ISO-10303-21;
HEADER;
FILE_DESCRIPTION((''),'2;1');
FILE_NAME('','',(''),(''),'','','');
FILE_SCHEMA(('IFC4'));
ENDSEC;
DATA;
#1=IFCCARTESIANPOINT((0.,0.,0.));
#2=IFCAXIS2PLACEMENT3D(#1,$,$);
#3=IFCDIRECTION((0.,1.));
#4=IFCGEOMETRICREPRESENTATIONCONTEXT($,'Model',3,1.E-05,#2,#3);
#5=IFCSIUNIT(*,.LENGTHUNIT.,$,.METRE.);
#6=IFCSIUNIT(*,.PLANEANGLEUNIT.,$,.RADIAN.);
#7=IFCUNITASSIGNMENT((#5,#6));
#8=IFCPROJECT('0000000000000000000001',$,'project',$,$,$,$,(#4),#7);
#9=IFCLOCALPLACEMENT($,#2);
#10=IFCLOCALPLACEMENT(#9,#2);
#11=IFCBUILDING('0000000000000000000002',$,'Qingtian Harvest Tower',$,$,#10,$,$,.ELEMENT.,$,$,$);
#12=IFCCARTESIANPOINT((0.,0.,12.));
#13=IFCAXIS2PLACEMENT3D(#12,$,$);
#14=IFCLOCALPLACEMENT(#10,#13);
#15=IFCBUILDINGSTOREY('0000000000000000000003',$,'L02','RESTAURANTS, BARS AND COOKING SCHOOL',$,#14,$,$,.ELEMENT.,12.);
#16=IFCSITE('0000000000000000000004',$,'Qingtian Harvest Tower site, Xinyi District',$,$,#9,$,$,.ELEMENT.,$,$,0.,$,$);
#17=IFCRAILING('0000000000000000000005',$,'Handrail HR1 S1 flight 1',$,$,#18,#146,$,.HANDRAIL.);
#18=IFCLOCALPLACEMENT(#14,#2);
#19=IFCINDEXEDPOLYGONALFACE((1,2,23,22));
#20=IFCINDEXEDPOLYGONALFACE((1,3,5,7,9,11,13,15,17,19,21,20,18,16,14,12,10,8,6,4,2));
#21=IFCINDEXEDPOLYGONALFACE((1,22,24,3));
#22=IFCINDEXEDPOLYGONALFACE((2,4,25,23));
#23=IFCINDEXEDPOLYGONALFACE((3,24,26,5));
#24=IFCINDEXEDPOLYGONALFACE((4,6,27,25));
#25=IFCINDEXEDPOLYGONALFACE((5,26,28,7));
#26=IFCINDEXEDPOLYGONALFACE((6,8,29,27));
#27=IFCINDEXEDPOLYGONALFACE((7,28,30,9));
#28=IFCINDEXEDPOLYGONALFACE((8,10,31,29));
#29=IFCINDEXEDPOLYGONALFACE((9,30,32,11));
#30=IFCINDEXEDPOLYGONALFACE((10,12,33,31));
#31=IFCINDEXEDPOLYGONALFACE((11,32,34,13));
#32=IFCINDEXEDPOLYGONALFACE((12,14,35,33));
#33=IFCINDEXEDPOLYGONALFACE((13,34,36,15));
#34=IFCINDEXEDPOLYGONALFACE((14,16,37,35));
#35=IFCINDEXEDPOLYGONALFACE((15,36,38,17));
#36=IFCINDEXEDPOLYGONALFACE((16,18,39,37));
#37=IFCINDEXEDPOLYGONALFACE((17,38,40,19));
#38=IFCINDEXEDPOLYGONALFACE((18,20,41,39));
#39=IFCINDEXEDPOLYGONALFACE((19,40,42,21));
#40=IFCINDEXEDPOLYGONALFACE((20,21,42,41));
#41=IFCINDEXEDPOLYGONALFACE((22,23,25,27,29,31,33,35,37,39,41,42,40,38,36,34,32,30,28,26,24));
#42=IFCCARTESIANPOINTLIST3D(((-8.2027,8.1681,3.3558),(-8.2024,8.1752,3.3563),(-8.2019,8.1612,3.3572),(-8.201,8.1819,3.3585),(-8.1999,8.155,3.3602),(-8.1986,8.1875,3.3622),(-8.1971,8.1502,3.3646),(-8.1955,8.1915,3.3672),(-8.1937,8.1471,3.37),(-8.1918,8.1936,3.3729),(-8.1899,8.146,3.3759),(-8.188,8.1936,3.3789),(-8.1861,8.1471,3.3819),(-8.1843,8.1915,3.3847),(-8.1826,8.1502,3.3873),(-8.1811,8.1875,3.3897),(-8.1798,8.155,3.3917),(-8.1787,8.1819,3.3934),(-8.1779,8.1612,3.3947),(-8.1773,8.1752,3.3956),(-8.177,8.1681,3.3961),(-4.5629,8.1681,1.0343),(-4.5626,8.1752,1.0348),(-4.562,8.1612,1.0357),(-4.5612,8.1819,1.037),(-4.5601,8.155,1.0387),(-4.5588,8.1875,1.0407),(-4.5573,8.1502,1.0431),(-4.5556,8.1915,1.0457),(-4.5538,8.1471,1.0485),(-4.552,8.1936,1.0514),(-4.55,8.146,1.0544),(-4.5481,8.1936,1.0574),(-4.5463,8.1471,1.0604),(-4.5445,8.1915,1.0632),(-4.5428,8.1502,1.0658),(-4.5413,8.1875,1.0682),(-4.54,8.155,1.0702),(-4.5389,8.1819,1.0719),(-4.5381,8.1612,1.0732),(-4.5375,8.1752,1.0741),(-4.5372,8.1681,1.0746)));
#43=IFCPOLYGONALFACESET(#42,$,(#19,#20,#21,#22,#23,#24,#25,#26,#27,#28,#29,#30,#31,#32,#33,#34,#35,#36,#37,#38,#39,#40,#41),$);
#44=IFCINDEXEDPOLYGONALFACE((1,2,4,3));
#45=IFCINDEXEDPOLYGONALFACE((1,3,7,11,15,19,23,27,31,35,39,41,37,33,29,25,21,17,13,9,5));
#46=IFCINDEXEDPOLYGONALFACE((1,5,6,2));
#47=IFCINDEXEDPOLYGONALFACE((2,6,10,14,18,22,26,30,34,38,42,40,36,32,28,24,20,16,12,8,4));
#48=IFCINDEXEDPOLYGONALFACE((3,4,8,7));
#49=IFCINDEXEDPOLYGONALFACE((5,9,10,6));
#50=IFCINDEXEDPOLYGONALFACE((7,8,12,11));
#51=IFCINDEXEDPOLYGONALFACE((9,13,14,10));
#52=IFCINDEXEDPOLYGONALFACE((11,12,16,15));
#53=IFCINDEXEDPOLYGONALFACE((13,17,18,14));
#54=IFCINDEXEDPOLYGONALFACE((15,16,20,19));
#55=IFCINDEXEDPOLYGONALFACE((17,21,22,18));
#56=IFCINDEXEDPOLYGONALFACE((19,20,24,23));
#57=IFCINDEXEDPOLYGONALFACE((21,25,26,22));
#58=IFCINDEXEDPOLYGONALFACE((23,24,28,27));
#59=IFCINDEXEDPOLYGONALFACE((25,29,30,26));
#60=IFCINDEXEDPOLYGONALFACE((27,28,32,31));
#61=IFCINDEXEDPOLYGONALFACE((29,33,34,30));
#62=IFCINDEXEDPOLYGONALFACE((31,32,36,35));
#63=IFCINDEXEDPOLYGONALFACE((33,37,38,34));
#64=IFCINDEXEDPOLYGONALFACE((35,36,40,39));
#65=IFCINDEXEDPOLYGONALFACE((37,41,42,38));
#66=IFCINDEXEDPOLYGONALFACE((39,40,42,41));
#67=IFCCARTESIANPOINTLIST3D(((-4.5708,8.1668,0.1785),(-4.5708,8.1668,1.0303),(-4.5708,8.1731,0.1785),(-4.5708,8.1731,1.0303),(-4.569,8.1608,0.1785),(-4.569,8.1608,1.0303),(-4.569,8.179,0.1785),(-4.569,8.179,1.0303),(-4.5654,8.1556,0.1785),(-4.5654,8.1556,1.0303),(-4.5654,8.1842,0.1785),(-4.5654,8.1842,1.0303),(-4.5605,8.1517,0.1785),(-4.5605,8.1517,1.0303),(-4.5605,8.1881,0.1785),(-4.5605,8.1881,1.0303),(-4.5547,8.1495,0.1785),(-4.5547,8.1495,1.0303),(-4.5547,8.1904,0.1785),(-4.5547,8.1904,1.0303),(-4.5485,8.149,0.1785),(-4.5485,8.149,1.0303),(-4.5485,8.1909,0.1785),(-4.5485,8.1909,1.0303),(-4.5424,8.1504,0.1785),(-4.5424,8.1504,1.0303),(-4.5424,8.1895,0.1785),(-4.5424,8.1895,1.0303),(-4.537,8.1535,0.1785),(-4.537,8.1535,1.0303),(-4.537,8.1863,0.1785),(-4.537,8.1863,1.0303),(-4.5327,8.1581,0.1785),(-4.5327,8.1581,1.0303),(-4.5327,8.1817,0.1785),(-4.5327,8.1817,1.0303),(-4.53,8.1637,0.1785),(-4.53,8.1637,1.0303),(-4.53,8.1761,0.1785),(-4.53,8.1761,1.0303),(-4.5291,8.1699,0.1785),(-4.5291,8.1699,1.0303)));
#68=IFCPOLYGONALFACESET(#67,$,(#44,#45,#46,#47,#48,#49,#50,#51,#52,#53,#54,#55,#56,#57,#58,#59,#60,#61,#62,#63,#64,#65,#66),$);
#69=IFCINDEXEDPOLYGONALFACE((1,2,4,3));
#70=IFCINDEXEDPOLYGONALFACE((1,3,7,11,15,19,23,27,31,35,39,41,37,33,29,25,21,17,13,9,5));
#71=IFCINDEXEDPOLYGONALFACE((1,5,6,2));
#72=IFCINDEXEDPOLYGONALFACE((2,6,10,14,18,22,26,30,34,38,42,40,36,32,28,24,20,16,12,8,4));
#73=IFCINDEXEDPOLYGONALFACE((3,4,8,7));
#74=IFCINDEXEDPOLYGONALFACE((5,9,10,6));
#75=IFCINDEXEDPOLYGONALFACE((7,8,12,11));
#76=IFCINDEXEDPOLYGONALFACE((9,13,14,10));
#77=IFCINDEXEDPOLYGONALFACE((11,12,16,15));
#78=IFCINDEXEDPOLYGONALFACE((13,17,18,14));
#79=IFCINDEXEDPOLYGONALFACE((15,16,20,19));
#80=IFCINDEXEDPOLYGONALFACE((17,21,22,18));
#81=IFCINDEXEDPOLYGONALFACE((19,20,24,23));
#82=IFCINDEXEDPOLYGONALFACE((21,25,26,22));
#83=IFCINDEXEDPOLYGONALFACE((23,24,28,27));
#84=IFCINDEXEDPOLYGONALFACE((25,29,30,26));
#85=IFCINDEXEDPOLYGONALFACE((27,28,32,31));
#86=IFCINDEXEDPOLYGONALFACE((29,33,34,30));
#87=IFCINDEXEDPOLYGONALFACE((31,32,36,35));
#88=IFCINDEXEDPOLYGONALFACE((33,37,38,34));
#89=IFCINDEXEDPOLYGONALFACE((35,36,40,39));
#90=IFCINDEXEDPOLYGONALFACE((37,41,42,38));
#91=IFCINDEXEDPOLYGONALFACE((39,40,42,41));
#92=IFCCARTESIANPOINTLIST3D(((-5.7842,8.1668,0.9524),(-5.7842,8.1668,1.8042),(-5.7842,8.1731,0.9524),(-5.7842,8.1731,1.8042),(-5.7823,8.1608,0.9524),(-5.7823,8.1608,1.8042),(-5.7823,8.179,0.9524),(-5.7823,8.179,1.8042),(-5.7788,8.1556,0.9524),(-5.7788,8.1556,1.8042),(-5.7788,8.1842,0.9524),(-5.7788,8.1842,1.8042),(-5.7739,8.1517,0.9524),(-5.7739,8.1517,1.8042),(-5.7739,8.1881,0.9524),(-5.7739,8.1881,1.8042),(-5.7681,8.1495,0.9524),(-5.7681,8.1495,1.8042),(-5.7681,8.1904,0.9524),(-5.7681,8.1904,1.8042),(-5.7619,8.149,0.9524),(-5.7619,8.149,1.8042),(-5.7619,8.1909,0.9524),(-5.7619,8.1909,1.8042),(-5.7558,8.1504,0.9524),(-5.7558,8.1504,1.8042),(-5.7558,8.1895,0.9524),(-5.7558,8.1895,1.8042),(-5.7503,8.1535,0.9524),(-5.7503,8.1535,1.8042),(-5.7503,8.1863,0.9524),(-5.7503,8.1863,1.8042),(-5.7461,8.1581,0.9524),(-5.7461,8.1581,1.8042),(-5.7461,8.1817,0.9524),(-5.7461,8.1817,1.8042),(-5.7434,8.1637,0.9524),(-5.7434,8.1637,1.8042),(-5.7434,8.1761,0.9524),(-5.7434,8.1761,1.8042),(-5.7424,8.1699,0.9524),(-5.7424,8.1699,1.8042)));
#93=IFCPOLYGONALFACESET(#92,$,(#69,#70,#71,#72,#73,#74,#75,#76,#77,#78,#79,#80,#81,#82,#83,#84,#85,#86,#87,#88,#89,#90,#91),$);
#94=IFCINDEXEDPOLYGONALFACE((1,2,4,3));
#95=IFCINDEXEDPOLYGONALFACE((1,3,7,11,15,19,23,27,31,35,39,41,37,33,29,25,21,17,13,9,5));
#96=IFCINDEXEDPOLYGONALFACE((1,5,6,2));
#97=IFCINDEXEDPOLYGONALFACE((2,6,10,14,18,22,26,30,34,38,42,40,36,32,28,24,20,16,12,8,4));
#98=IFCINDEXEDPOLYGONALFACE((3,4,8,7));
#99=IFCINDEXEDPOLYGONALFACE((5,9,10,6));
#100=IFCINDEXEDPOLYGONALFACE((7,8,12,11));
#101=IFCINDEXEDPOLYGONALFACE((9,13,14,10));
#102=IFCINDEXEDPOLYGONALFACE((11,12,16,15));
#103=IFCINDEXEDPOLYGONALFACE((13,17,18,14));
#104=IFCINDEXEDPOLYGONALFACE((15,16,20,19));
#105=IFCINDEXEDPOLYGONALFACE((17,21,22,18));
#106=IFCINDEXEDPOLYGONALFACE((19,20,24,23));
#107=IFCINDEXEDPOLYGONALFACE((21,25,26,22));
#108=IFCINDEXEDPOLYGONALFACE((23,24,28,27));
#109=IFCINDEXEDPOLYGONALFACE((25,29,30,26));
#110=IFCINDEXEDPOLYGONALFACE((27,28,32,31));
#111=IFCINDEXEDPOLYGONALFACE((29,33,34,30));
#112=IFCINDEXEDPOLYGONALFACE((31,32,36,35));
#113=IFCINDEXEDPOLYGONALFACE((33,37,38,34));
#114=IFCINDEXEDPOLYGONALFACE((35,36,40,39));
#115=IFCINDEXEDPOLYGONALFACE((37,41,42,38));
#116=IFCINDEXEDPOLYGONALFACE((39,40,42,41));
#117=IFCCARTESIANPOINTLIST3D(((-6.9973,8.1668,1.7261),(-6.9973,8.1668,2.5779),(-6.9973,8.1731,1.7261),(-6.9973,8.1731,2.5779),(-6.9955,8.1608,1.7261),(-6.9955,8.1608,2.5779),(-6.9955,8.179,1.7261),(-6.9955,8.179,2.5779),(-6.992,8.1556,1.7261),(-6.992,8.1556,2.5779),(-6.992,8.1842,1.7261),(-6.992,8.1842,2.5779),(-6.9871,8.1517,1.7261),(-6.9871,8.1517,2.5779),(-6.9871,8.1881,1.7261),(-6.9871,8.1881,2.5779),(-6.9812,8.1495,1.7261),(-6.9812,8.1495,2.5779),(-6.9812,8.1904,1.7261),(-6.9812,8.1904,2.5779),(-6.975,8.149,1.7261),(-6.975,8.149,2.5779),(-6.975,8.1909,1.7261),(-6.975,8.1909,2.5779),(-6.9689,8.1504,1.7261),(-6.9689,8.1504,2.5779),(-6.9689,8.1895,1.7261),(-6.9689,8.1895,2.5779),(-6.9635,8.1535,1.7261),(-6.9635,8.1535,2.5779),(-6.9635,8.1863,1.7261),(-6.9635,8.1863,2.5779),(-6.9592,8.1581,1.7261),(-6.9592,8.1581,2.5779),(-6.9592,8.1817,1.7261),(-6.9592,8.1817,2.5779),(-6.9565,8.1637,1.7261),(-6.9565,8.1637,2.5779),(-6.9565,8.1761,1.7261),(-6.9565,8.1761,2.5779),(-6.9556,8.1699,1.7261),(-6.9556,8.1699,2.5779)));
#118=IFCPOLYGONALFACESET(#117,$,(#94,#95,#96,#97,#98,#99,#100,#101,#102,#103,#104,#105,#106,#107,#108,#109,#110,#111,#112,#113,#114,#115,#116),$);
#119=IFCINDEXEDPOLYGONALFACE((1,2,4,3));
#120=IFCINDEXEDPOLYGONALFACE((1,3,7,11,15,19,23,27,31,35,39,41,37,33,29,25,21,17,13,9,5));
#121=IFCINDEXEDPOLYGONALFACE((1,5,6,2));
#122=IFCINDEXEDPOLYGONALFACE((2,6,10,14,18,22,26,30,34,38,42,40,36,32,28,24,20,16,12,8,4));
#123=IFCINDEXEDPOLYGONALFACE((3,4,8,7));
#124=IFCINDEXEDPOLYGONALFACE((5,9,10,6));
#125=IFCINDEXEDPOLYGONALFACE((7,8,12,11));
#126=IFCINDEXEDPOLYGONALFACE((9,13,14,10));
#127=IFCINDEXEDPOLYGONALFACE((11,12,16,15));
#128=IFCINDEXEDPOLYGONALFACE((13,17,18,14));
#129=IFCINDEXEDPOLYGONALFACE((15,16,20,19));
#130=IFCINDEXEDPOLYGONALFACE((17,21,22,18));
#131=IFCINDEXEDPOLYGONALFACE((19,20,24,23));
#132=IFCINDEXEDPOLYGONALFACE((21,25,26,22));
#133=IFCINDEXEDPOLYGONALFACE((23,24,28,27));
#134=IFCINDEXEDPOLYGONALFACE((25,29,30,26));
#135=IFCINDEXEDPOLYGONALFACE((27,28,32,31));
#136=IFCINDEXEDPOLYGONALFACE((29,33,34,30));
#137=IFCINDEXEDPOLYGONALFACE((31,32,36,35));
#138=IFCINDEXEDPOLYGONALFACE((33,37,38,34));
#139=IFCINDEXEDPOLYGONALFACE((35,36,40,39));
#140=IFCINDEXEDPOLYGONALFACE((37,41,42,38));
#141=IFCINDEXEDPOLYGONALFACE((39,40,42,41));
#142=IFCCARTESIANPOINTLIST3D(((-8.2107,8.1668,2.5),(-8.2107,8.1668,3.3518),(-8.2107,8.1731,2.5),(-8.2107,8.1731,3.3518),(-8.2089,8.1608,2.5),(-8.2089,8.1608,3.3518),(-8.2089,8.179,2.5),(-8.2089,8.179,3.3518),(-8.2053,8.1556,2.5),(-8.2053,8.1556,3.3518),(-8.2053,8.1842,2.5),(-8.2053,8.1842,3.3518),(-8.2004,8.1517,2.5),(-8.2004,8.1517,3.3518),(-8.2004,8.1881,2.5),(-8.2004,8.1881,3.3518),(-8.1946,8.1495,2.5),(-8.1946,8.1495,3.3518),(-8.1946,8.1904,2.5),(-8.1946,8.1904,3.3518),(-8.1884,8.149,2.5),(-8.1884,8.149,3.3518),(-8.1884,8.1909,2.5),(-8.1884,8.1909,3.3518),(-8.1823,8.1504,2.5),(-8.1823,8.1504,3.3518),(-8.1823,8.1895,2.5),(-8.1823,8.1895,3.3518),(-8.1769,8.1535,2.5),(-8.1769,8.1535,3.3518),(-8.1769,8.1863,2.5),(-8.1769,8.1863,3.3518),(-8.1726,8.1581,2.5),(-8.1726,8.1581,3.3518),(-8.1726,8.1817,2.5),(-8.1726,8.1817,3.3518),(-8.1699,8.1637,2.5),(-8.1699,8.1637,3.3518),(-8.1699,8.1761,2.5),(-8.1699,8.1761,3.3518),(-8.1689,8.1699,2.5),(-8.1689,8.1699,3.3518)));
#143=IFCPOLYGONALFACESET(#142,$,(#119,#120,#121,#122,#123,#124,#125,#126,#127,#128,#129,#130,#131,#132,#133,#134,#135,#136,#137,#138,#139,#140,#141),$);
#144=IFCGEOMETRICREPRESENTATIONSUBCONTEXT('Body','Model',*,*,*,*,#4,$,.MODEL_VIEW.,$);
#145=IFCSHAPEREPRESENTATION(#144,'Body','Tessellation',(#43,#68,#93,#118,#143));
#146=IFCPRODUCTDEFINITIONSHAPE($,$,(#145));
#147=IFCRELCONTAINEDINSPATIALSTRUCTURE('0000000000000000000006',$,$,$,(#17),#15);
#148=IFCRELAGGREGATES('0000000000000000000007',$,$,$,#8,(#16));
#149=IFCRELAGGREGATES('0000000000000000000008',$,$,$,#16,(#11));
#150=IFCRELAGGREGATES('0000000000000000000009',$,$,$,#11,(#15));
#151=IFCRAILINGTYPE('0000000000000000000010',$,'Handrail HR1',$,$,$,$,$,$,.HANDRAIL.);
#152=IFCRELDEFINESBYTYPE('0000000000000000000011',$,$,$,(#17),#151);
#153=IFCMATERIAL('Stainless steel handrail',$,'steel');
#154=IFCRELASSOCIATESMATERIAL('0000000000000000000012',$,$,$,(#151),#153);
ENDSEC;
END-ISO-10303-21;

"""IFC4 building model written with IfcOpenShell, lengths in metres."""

from ifc_helpers import new_model, si_unit, direction, frame, origin, origin_2d, place, context, subcontext, project, spatial, circle, extrude, material, type_object, element, save


model = new_model("IFC4")

# Units and contexts
model_context = context("Model", 3, precision=1e-05, world=origin(), true_north=direction((0.0, 1.0)))
body_context = subcontext(model_context, "Body", "Model", "MODEL_VIEW")
ifc_project = project(units=[si_unit("LENGTHUNIT", "METRE"), si_unit("PLANEANGLEUNIT", "RADIAN")], contexts=[model_context])

# Site, building, storey
site_placement = place(None, origin())
site = spatial("IfcSite", under=ifc_project, at=site_placement, Name="Qingtian Harvest Tower site, Xinyi District", CompositionType="ELEMENT", RefElevation=0.0)
building_placement = place(site_placement, origin())
building = spatial("IfcBuilding", under=site, at=building_placement, Name="Qingtian Harvest Tower", CompositionType="ELEMENT")
storey_placement = place(building_placement, frame((0.0, 0.0, 12.0)))
storey = spatial("IfcBuildingStorey", under=building, at=storey_placement, Name="L02", Description="RESTAURANTS, BARS AND COOKING SCHOOL", CompositionType="ELEMENT", Elevation=12.0)

# Railing
ifc_material_1 = material(Name="Stainless steel handrail", Category="steel")
railing_type = type_object("IfcRailingType", Name="Handrail HR1", PredefinedType="HANDRAIL", material=ifc_material_1)
railing_1_placement = place(storey_placement, frame((-4.55, 8.1699, 0.1785)))
element("IfcRailing", 1, at=railing_1_placement, inside=storey, type_object=railing_type, Name="Handrail HR1 S1 flight 1", PredefinedType="HANDRAIL", context=body_context, shape_type="SweptSolid", body=[
    extrude(circle(Radius=0.0239, at=origin_2d()), frame((0.0, 0.0, 0.876), z_axis=(-0.843112, 0.0, 0.537739), x_axis=(0.0, -1.0, 0.0)), (0.0, 0.0, 1.0), 4.3171),
    extrude(circle(Radius=0.021, at=origin_2d()), origin(), (0.0, 0.0, 1.0), 0.8518),
    extrude(circle(Radius=0.021, at=origin_2d()), frame((-1.2134, 0.0, 0.7739)), (0.0, 0.0, 1.0), 0.8518),
    extrude(circle(Radius=0.021, at=origin_2d()), frame((-2.4265, 0.0, 1.5476)), (0.0, 0.0, 1.0), 0.8518),
    extrude(circle(Radius=0.021, at=origin_2d()), frame((-3.6399, 0.0, 2.3215)), (0.0, 0.0, 1.0), 0.8518),
])

save(model, "model.ifc")
